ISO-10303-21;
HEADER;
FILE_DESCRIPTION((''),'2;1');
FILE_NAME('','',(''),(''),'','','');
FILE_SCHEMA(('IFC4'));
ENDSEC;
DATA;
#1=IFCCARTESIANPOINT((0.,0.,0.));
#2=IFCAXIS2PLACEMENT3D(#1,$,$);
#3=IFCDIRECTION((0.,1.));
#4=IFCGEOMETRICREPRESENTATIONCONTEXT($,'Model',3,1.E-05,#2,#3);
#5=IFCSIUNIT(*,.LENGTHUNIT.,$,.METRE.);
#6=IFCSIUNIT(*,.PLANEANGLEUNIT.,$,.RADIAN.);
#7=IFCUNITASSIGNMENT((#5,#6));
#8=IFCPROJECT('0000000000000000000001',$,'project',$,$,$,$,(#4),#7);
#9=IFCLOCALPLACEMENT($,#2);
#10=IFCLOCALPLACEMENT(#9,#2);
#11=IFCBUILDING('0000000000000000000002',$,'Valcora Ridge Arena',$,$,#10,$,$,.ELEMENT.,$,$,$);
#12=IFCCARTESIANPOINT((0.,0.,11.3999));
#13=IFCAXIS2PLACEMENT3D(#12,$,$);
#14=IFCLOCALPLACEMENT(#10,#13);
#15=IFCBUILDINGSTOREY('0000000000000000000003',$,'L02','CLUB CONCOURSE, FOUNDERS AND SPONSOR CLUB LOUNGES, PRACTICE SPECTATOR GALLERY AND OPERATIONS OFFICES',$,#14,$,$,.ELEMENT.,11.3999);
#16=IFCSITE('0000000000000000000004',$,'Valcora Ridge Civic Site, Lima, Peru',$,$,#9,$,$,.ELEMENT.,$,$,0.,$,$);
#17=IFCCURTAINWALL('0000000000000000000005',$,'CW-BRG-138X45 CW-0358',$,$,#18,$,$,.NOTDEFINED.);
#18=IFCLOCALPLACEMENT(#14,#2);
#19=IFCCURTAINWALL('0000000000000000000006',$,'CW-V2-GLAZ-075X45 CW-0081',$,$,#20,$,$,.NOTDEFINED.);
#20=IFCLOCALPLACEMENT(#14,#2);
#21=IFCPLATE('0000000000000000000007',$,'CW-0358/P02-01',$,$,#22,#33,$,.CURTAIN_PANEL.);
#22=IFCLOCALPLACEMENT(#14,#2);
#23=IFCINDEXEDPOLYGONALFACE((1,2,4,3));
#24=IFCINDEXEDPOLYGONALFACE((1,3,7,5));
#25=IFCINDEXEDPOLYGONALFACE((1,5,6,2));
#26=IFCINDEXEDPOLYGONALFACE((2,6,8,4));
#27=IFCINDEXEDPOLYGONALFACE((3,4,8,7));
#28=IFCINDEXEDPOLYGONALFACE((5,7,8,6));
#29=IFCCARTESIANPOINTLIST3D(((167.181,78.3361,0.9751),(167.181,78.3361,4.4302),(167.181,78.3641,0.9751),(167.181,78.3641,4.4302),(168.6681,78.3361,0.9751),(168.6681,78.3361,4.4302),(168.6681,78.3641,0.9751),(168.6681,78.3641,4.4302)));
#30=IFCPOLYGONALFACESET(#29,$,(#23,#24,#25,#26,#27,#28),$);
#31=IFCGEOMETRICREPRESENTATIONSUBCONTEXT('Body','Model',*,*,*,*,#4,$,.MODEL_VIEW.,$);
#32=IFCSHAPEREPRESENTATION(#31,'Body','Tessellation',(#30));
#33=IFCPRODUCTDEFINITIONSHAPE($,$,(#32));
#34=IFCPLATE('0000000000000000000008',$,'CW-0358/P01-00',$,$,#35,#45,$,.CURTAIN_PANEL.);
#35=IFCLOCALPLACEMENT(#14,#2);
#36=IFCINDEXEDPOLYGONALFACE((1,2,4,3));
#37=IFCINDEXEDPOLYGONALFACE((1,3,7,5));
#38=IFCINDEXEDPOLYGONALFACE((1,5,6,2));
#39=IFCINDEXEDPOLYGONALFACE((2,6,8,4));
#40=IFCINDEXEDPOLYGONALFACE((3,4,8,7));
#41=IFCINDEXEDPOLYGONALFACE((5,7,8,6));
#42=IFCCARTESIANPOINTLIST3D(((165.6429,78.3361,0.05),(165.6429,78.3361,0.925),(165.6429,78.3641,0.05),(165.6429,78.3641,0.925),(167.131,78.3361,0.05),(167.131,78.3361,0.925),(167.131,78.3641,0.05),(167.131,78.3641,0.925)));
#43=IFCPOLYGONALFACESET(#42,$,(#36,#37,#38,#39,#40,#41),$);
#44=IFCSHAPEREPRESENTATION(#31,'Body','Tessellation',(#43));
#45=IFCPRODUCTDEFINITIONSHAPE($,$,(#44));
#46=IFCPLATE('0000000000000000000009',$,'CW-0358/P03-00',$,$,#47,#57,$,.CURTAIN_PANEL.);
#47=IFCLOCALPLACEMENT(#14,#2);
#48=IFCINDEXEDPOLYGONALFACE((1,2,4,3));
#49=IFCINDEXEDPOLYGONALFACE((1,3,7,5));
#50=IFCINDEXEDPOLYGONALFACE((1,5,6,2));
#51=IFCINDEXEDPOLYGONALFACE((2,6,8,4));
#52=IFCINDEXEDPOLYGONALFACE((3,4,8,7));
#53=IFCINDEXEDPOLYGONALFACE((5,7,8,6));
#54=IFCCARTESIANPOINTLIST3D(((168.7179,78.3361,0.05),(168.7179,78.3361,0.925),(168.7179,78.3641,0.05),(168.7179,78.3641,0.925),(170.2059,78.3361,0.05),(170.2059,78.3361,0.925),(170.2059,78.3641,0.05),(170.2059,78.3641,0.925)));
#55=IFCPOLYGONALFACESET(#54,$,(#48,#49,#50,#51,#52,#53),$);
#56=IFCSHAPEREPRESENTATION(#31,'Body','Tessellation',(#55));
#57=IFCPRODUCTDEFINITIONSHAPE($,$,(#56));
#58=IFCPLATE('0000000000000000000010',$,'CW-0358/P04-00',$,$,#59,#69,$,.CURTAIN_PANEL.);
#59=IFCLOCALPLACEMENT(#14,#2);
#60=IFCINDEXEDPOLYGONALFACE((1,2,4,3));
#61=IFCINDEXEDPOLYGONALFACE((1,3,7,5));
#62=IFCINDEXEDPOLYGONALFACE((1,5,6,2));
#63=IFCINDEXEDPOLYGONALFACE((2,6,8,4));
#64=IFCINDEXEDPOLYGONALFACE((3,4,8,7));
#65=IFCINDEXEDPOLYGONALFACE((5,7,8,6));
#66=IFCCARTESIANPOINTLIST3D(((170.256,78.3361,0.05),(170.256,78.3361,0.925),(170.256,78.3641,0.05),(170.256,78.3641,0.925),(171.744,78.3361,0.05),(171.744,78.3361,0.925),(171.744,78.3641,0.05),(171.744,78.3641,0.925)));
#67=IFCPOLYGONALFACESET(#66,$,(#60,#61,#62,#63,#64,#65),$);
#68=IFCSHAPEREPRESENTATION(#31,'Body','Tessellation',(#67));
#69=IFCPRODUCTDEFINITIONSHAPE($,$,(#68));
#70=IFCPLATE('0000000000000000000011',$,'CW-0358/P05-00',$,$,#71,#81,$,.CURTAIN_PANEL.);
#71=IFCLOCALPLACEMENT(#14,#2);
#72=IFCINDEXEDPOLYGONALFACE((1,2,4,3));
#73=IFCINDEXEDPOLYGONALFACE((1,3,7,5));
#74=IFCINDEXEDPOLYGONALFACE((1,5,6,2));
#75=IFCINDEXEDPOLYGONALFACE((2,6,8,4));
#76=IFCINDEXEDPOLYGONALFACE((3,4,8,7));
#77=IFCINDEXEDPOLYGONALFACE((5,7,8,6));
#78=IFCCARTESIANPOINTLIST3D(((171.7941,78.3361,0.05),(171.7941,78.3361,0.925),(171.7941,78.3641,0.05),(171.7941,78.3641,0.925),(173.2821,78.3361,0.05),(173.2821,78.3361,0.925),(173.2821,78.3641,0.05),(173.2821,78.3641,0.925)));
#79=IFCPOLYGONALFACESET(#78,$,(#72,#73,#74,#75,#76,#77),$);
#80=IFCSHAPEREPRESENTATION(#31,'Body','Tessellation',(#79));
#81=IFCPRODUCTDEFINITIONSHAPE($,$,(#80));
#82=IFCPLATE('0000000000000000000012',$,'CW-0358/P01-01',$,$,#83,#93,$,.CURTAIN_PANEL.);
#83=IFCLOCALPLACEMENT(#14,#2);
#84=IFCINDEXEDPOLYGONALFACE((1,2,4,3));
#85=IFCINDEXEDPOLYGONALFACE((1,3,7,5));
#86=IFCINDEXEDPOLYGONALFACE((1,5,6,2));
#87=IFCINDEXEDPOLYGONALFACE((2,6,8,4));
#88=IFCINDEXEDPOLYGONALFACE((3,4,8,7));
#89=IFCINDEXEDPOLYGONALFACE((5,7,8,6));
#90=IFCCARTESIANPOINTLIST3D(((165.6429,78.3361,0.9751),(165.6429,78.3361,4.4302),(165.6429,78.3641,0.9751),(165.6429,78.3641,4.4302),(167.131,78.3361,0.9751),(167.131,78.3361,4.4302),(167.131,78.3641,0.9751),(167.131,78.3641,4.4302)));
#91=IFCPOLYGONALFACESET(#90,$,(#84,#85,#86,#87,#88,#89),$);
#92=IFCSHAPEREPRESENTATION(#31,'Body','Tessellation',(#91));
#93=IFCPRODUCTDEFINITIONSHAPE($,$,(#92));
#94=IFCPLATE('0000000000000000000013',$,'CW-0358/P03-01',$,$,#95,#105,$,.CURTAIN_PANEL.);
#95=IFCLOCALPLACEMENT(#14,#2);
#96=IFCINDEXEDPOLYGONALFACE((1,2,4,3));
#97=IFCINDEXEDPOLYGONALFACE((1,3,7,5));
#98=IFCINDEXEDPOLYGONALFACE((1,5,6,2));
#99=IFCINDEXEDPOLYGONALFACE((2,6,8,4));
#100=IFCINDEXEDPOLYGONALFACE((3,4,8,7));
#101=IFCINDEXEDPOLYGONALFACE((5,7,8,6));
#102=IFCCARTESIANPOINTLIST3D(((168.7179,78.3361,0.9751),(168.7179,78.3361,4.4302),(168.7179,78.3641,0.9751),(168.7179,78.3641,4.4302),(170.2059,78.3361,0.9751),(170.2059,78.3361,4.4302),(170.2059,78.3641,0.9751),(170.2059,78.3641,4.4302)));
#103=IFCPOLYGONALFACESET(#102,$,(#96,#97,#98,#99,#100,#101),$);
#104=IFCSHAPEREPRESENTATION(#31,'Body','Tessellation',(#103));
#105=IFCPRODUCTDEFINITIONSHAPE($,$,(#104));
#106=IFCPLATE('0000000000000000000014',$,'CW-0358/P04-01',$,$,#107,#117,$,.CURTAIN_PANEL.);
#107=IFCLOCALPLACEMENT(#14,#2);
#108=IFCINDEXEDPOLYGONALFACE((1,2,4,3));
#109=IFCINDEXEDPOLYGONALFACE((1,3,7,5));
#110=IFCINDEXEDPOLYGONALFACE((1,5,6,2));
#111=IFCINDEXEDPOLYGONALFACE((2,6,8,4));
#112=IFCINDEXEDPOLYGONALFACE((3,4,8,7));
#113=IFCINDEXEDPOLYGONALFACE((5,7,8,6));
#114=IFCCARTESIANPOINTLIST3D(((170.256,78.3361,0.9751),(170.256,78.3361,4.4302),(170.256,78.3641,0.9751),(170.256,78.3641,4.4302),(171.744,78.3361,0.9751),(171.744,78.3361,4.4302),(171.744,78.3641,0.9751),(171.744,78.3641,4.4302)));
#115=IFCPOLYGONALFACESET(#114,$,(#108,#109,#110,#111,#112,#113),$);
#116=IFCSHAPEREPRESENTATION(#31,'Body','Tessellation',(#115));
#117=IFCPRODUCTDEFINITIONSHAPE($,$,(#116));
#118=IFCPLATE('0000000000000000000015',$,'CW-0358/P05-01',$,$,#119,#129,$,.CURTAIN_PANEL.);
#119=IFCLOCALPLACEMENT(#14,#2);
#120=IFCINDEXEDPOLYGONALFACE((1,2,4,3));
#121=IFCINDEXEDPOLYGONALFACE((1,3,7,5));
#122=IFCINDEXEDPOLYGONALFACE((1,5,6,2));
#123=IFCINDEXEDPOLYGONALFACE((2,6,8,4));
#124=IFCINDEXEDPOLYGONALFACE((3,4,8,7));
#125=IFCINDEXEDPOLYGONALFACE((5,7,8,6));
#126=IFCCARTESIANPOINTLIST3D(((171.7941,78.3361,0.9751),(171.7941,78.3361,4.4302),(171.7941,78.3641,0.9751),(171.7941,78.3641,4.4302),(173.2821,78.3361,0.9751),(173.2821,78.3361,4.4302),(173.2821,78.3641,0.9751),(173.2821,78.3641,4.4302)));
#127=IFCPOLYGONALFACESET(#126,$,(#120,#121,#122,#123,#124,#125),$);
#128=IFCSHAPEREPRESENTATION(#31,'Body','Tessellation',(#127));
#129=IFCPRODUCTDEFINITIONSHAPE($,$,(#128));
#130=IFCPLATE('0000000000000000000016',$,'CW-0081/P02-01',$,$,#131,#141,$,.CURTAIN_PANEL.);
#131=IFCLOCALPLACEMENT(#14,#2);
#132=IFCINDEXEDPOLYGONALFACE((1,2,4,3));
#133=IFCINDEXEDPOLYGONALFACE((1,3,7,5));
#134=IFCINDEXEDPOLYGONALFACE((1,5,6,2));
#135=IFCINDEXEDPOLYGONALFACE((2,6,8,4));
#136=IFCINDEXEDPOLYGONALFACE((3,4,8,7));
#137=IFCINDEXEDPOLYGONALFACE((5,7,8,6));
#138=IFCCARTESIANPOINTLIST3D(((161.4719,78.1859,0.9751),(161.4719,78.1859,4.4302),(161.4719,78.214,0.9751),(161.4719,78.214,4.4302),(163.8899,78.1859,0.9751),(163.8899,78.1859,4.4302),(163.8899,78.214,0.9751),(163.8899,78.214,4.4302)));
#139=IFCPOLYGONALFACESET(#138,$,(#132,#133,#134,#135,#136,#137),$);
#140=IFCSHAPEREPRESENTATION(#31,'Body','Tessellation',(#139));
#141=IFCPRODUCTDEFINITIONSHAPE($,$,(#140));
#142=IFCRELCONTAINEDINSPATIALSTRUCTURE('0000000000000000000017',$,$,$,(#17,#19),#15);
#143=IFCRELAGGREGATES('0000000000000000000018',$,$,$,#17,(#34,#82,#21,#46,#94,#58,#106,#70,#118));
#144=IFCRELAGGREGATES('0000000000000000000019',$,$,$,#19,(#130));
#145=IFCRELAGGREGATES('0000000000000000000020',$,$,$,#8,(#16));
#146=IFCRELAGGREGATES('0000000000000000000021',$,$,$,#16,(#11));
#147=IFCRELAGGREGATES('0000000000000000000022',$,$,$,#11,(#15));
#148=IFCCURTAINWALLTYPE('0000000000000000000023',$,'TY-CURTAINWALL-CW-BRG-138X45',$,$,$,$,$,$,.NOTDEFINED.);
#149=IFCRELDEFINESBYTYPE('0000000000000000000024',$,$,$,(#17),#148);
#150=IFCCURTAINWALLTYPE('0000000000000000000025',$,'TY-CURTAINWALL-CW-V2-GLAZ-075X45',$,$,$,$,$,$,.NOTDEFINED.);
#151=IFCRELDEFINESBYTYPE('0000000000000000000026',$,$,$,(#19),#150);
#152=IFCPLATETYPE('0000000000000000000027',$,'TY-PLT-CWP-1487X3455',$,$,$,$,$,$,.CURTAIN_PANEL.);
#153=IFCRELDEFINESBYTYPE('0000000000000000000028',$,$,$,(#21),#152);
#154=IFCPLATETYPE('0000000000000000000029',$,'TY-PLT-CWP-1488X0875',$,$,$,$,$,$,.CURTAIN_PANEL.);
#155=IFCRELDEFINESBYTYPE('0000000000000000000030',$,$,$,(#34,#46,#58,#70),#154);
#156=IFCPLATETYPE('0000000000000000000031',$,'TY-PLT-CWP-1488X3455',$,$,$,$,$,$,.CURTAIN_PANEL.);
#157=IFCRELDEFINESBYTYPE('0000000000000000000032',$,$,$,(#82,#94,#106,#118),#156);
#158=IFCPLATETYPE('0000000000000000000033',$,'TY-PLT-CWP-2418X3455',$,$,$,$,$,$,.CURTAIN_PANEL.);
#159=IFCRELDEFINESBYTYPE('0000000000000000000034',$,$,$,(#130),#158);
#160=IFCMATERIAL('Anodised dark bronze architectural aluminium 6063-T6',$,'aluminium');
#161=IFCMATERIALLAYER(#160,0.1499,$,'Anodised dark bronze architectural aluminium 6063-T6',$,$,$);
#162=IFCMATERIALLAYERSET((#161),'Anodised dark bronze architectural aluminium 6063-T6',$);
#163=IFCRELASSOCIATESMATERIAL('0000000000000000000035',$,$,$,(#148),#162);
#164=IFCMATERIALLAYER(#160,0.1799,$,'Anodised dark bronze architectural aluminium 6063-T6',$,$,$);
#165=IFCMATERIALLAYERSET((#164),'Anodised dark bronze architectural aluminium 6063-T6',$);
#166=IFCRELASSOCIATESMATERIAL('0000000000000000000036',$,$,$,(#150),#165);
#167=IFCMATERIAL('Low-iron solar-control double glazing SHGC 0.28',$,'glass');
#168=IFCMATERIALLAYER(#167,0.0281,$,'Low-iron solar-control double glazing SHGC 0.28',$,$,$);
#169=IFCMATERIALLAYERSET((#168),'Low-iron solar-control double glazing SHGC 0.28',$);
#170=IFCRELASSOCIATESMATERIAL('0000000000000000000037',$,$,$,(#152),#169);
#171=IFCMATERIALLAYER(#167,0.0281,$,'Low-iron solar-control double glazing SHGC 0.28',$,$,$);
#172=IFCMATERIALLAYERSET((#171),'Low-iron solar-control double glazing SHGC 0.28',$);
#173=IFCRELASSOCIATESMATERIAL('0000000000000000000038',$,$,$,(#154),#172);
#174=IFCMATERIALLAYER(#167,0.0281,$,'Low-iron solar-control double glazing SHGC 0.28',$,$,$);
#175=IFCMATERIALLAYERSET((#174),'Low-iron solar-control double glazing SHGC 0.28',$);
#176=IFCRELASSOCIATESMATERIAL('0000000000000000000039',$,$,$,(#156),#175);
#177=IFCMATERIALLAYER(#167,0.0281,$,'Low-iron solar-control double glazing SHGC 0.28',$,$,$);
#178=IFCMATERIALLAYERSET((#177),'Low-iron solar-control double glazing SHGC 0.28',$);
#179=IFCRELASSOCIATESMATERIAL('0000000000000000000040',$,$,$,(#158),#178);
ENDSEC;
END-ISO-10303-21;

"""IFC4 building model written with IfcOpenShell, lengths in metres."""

from ifc_helpers import new_model, si_unit, direction, frame, origin, origin_2d, place, context, subcontext, project, spatial, rectangle, extrude, material, layer, layer_set, type_object, element, aggregate, save


model = new_model("IFC4")

# Units and contexts
model_context = context("Model", 3, precision=1e-05, world=origin(), true_north=direction((0.0, 1.0)))
body_context = subcontext(model_context, "Body", "Model", "MODEL_VIEW")
ifc_project = project(units=[si_unit("LENGTHUNIT", "METRE"), si_unit("PLANEANGLEUNIT", "RADIAN")], contexts=[model_context])

# Site, building, storey
site_placement = place(None, origin())
site = spatial("IfcSite", under=ifc_project, at=site_placement, Name="Valcora Ridge Civic Site, Lima, Peru", CompositionType="ELEMENT", RefElevation=0.0)
building_placement = place(site_placement, origin())
building = spatial("IfcBuilding", under=site, at=building_placement, Name="Valcora Ridge Arena", CompositionType="ELEMENT")
storey_placement = place(building_placement, frame((0.0, 0.0, 11.3999)))
storey = spatial("IfcBuildingStorey", under=building, at=storey_placement, Name="L02", Description="CLUB CONCOURSE, FOUNDERS AND SPONSOR CLUB LOUNGES, PRACTICE SPECTATOR GALLERY AND OPERATIONS OFFICES", CompositionType="ELEMENT", Elevation=11.3999)

# Curtain wall
ifc_material_1 = material(Name="Anodised dark bronze architectural aluminium 6063-T6", Category="aluminium")
ifc_layer_1 = layer(ifc_material_1, 0.1499, Name="Anodised dark bronze architectural aluminium 6063-T6")
ifc_layer_set_1 = layer_set([ifc_layer_1], Name="Anodised dark bronze architectural aluminium 6063-T6")
curtain_wall_type_1 = type_object("IfcCurtainWallType", Name="TY-CURTAINWALL-CW-BRG-138X45", PredefinedType="NOTDEFINED", material=ifc_layer_set_1)
curtain_wall_1_placement = place(storey_placement, origin())
curtain_wall_1 = element("IfcCurtainWall", 1, at=curtain_wall_1_placement, inside=storey, type_object=curtain_wall_type_1, Name="CW-BRG-138X45 CW-0358", PredefinedType="NOTDEFINED")

# Curtain wall
ifc_layer_2 = layer(ifc_material_1, 0.1799, Name="Anodised dark bronze architectural aluminium 6063-T6")
ifc_layer_set_2 = layer_set([ifc_layer_2], Name="Anodised dark bronze architectural aluminium 6063-T6")
curtain_wall_type_2 = type_object("IfcCurtainWallType", Name="TY-CURTAINWALL-CW-V2-GLAZ-075X45", PredefinedType="NOTDEFINED", material=ifc_layer_set_2)
curtain_wall_2_placement = place(storey_placement, origin())
curtain_wall_2 = element("IfcCurtainWall", 2, at=curtain_wall_2_placement, inside=storey, type_object=curtain_wall_type_2, Name="CW-V2-GLAZ-075X45 CW-0081", PredefinedType="NOTDEFINED")

# Plates
ifc_material_2 = material(Name="Low-iron solar-control double glazing SHGC 0.28", Category="glass")
ifc_layer_3 = layer(ifc_material_2, 0.0281, Name="Low-iron solar-control double glazing SHGC 0.28")
ifc_layer_set_3 = layer_set([ifc_layer_3], Name="Low-iron solar-control double glazing SHGC 0.28")
plate_type_1 = type_object("IfcPlateType", Name="TY-PLT-CWP-1487X3455", PredefinedType="CURTAIN_PANEL", material=ifc_layer_set_3)
plate_1_placement = place(storey_placement, frame((167.9246, 78.3501, 0.9751), z_axis=(0.0, 0.0, 1.0), x_axis=(1.0, 0.0, 0.0)))
plate_1 = element("IfcPlate", 3, at=plate_1_placement, type_object=plate_type_1, Name="CW-0358/P02-01", PredefinedType="CURTAIN_PANEL", context=body_context, shape_type="SweptSolid", body=[
    extrude(rectangle(XDim=1.4871, YDim=0.0281, at=origin_2d()), origin(), (0.0, 0.0, 1.0), 3.4551),
])
ifc_layer_4 = layer(ifc_material_2, 0.0281, Name="Low-iron solar-control double glazing SHGC 0.28")
ifc_layer_set_4 = layer_set([ifc_layer_4], Name="Low-iron solar-control double glazing SHGC 0.28")
plate_type_2 = type_object("IfcPlateType", Name="TY-PLT-CWP-1488X0875", PredefinedType="CURTAIN_PANEL", material=ifc_layer_set_4)
plate_2_placement = place(storey_placement, frame((166.387, 78.3501, 0.05), z_axis=(0.0, 0.0, 1.0), x_axis=(1.0, 0.0, 0.0)))
plate_2 = element("IfcPlate", 4, at=plate_2_placement, type_object=plate_type_2, Name="CW-0358/P01-00", PredefinedType="CURTAIN_PANEL", context=body_context, shape_type="SweptSolid", body=[
    extrude(rectangle(XDim=1.488, YDim=0.0281, at=origin_2d()), origin(), (0.0, 0.0, 1.0), 0.875),
])
plate_3_placement = place(storey_placement, frame((169.4619, 78.3501, 0.05), z_axis=(0.0, 0.0, 1.0), x_axis=(1.0, 0.0, 0.0)))
plate_3 = element("IfcPlate", 5, at=plate_3_placement, type_object=plate_type_2, Name="CW-0358/P03-00", PredefinedType="CURTAIN_PANEL", context=body_context, shape_type="SweptSolid", body=[
    extrude(rectangle(XDim=1.488, YDim=0.0281, at=origin_2d()), origin(), (0.0, 0.0, 1.0), 0.875),
])
plate_4_placement = place(storey_placement, frame((171.0, 78.3501, 0.05), z_axis=(0.0, 0.0, 1.0), x_axis=(1.0, 0.0, 0.0)))
plate_4 = element("IfcPlate", 6, at=plate_4_placement, type_object=plate_type_2, Name="CW-0358/P04-00", PredefinedType="CURTAIN_PANEL", context=body_context, shape_type="SweptSolid", body=[
    extrude(rectangle(XDim=1.488, YDim=0.0281, at=origin_2d()), origin(), (0.0, 0.0, 1.0), 0.875),
])
plate_5_placement = place(storey_placement, frame((172.5381, 78.3501, 0.05), z_axis=(0.0, 0.0, 1.0), x_axis=(1.0, 0.0, 0.0)))
plate_5 = element("IfcPlate", 7, at=plate_5_placement, type_object=plate_type_2, Name="CW-0358/P05-00", PredefinedType="CURTAIN_PANEL", context=body_context, shape_type="SweptSolid", body=[
    extrude(rectangle(XDim=1.488, YDim=0.0281, at=origin_2d()), origin(), (0.0, 0.0, 1.0), 0.875),
])
ifc_layer_5 = layer(ifc_material_2, 0.0281, Name="Low-iron solar-control double glazing SHGC 0.28")
ifc_layer_set_5 = layer_set([ifc_layer_5], Name="Low-iron solar-control double glazing SHGC 0.28")
plate_type_3 = type_object("IfcPlateType", Name="TY-PLT-CWP-1488X3455", PredefinedType="CURTAIN_PANEL", material=ifc_layer_set_5)
plate_6_placement = place(storey_placement, frame((166.387, 78.3501, 0.9751), z_axis=(0.0, 0.0, 1.0), x_axis=(1.0, 0.0, 0.0)))
plate_6 = element("IfcPlate", 8, at=plate_6_placement, type_object=plate_type_3, Name="CW-0358/P01-01", PredefinedType="CURTAIN_PANEL", context=body_context, shape_type="SweptSolid", body=[
    extrude(rectangle(XDim=1.488, YDim=0.0281, at=origin_2d()), origin(), (0.0, 0.0, 1.0), 3.4551),
])
plate_7_placement = place(storey_placement, frame((169.4619, 78.3501, 0.9751), z_axis=(0.0, 0.0, 1.0), x_axis=(1.0, 0.0, 0.0)))
plate_7 = element("IfcPlate", 9, at=plate_7_placement, type_object=plate_type_3, Name="CW-0358/P03-01", PredefinedType="CURTAIN_PANEL", context=body_context, shape_type="SweptSolid", body=[
    extrude(rectangle(XDim=1.488, YDim=0.0281, at=origin_2d()), origin(), (0.0, 0.0, 1.0), 3.4551),
])
plate_8_placement = place(storey_placement, frame((171.0, 78.3501, 0.9751), z_axis=(0.0, 0.0, 1.0), x_axis=(1.0, 0.0, 0.0)))
plate_8 = element("IfcPlate", 10, at=plate_8_placement, type_object=plate_type_3, Name="CW-0358/P04-01", PredefinedType="CURTAIN_PANEL", context=body_context, shape_type="SweptSolid", body=[
    extrude(rectangle(XDim=1.488, YDim=0.0281, at=origin_2d()), origin(), (0.0, 0.0, 1.0), 3.4551),
])
plate_9_placement = place(storey_placement, frame((172.5381, 78.3501, 0.9751), z_axis=(0.0, 0.0, 1.0), x_axis=(1.0, 0.0, 0.0)))
plate_9 = element("IfcPlate", 11, at=plate_9_placement, type_object=plate_type_3, Name="CW-0358/P05-01", PredefinedType="CURTAIN_PANEL", context=body_context, shape_type="SweptSolid", body=[
    extrude(rectangle(XDim=1.488, YDim=0.0281, at=origin_2d()), origin(), (0.0, 0.0, 1.0), 3.4551),
])
aggregate(curtain_wall_1, [plate_2, plate_6, plate_1, plate_3, plate_7, plate_4, plate_8, plate_5, plate_9])
ifc_layer_6 = layer(ifc_material_2, 0.0281, Name="Low-iron solar-control double glazing SHGC 0.28")
ifc_layer_set_6 = layer_set([ifc_layer_6], Name="Low-iron solar-control double glazing SHGC 0.28")
plate_type_4 = type_object("IfcPlateType", Name="TY-PLT-CWP-2418X3455", PredefinedType="CURTAIN_PANEL", material=ifc_layer_set_6)
plate_10_placement = place(storey_placement, frame((162.6809, 78.2, 0.9751), z_axis=(0.0, 0.0, 1.0), x_axis=(1.0, 0.0, 0.0)))
plate_10 = element("IfcPlate", 12, at=plate_10_placement, type_object=plate_type_4, Name="CW-0081/P02-01", PredefinedType="CURTAIN_PANEL", context=body_context, shape_type="SweptSolid", body=[
    extrude(rectangle(XDim=2.418, YDim=0.0281, at=origin_2d()), origin(), (0.0, 0.0, 1.0), 3.4551),
])
aggregate(curtain_wall_2, [plate_10])

save(model, "model.ifc")
